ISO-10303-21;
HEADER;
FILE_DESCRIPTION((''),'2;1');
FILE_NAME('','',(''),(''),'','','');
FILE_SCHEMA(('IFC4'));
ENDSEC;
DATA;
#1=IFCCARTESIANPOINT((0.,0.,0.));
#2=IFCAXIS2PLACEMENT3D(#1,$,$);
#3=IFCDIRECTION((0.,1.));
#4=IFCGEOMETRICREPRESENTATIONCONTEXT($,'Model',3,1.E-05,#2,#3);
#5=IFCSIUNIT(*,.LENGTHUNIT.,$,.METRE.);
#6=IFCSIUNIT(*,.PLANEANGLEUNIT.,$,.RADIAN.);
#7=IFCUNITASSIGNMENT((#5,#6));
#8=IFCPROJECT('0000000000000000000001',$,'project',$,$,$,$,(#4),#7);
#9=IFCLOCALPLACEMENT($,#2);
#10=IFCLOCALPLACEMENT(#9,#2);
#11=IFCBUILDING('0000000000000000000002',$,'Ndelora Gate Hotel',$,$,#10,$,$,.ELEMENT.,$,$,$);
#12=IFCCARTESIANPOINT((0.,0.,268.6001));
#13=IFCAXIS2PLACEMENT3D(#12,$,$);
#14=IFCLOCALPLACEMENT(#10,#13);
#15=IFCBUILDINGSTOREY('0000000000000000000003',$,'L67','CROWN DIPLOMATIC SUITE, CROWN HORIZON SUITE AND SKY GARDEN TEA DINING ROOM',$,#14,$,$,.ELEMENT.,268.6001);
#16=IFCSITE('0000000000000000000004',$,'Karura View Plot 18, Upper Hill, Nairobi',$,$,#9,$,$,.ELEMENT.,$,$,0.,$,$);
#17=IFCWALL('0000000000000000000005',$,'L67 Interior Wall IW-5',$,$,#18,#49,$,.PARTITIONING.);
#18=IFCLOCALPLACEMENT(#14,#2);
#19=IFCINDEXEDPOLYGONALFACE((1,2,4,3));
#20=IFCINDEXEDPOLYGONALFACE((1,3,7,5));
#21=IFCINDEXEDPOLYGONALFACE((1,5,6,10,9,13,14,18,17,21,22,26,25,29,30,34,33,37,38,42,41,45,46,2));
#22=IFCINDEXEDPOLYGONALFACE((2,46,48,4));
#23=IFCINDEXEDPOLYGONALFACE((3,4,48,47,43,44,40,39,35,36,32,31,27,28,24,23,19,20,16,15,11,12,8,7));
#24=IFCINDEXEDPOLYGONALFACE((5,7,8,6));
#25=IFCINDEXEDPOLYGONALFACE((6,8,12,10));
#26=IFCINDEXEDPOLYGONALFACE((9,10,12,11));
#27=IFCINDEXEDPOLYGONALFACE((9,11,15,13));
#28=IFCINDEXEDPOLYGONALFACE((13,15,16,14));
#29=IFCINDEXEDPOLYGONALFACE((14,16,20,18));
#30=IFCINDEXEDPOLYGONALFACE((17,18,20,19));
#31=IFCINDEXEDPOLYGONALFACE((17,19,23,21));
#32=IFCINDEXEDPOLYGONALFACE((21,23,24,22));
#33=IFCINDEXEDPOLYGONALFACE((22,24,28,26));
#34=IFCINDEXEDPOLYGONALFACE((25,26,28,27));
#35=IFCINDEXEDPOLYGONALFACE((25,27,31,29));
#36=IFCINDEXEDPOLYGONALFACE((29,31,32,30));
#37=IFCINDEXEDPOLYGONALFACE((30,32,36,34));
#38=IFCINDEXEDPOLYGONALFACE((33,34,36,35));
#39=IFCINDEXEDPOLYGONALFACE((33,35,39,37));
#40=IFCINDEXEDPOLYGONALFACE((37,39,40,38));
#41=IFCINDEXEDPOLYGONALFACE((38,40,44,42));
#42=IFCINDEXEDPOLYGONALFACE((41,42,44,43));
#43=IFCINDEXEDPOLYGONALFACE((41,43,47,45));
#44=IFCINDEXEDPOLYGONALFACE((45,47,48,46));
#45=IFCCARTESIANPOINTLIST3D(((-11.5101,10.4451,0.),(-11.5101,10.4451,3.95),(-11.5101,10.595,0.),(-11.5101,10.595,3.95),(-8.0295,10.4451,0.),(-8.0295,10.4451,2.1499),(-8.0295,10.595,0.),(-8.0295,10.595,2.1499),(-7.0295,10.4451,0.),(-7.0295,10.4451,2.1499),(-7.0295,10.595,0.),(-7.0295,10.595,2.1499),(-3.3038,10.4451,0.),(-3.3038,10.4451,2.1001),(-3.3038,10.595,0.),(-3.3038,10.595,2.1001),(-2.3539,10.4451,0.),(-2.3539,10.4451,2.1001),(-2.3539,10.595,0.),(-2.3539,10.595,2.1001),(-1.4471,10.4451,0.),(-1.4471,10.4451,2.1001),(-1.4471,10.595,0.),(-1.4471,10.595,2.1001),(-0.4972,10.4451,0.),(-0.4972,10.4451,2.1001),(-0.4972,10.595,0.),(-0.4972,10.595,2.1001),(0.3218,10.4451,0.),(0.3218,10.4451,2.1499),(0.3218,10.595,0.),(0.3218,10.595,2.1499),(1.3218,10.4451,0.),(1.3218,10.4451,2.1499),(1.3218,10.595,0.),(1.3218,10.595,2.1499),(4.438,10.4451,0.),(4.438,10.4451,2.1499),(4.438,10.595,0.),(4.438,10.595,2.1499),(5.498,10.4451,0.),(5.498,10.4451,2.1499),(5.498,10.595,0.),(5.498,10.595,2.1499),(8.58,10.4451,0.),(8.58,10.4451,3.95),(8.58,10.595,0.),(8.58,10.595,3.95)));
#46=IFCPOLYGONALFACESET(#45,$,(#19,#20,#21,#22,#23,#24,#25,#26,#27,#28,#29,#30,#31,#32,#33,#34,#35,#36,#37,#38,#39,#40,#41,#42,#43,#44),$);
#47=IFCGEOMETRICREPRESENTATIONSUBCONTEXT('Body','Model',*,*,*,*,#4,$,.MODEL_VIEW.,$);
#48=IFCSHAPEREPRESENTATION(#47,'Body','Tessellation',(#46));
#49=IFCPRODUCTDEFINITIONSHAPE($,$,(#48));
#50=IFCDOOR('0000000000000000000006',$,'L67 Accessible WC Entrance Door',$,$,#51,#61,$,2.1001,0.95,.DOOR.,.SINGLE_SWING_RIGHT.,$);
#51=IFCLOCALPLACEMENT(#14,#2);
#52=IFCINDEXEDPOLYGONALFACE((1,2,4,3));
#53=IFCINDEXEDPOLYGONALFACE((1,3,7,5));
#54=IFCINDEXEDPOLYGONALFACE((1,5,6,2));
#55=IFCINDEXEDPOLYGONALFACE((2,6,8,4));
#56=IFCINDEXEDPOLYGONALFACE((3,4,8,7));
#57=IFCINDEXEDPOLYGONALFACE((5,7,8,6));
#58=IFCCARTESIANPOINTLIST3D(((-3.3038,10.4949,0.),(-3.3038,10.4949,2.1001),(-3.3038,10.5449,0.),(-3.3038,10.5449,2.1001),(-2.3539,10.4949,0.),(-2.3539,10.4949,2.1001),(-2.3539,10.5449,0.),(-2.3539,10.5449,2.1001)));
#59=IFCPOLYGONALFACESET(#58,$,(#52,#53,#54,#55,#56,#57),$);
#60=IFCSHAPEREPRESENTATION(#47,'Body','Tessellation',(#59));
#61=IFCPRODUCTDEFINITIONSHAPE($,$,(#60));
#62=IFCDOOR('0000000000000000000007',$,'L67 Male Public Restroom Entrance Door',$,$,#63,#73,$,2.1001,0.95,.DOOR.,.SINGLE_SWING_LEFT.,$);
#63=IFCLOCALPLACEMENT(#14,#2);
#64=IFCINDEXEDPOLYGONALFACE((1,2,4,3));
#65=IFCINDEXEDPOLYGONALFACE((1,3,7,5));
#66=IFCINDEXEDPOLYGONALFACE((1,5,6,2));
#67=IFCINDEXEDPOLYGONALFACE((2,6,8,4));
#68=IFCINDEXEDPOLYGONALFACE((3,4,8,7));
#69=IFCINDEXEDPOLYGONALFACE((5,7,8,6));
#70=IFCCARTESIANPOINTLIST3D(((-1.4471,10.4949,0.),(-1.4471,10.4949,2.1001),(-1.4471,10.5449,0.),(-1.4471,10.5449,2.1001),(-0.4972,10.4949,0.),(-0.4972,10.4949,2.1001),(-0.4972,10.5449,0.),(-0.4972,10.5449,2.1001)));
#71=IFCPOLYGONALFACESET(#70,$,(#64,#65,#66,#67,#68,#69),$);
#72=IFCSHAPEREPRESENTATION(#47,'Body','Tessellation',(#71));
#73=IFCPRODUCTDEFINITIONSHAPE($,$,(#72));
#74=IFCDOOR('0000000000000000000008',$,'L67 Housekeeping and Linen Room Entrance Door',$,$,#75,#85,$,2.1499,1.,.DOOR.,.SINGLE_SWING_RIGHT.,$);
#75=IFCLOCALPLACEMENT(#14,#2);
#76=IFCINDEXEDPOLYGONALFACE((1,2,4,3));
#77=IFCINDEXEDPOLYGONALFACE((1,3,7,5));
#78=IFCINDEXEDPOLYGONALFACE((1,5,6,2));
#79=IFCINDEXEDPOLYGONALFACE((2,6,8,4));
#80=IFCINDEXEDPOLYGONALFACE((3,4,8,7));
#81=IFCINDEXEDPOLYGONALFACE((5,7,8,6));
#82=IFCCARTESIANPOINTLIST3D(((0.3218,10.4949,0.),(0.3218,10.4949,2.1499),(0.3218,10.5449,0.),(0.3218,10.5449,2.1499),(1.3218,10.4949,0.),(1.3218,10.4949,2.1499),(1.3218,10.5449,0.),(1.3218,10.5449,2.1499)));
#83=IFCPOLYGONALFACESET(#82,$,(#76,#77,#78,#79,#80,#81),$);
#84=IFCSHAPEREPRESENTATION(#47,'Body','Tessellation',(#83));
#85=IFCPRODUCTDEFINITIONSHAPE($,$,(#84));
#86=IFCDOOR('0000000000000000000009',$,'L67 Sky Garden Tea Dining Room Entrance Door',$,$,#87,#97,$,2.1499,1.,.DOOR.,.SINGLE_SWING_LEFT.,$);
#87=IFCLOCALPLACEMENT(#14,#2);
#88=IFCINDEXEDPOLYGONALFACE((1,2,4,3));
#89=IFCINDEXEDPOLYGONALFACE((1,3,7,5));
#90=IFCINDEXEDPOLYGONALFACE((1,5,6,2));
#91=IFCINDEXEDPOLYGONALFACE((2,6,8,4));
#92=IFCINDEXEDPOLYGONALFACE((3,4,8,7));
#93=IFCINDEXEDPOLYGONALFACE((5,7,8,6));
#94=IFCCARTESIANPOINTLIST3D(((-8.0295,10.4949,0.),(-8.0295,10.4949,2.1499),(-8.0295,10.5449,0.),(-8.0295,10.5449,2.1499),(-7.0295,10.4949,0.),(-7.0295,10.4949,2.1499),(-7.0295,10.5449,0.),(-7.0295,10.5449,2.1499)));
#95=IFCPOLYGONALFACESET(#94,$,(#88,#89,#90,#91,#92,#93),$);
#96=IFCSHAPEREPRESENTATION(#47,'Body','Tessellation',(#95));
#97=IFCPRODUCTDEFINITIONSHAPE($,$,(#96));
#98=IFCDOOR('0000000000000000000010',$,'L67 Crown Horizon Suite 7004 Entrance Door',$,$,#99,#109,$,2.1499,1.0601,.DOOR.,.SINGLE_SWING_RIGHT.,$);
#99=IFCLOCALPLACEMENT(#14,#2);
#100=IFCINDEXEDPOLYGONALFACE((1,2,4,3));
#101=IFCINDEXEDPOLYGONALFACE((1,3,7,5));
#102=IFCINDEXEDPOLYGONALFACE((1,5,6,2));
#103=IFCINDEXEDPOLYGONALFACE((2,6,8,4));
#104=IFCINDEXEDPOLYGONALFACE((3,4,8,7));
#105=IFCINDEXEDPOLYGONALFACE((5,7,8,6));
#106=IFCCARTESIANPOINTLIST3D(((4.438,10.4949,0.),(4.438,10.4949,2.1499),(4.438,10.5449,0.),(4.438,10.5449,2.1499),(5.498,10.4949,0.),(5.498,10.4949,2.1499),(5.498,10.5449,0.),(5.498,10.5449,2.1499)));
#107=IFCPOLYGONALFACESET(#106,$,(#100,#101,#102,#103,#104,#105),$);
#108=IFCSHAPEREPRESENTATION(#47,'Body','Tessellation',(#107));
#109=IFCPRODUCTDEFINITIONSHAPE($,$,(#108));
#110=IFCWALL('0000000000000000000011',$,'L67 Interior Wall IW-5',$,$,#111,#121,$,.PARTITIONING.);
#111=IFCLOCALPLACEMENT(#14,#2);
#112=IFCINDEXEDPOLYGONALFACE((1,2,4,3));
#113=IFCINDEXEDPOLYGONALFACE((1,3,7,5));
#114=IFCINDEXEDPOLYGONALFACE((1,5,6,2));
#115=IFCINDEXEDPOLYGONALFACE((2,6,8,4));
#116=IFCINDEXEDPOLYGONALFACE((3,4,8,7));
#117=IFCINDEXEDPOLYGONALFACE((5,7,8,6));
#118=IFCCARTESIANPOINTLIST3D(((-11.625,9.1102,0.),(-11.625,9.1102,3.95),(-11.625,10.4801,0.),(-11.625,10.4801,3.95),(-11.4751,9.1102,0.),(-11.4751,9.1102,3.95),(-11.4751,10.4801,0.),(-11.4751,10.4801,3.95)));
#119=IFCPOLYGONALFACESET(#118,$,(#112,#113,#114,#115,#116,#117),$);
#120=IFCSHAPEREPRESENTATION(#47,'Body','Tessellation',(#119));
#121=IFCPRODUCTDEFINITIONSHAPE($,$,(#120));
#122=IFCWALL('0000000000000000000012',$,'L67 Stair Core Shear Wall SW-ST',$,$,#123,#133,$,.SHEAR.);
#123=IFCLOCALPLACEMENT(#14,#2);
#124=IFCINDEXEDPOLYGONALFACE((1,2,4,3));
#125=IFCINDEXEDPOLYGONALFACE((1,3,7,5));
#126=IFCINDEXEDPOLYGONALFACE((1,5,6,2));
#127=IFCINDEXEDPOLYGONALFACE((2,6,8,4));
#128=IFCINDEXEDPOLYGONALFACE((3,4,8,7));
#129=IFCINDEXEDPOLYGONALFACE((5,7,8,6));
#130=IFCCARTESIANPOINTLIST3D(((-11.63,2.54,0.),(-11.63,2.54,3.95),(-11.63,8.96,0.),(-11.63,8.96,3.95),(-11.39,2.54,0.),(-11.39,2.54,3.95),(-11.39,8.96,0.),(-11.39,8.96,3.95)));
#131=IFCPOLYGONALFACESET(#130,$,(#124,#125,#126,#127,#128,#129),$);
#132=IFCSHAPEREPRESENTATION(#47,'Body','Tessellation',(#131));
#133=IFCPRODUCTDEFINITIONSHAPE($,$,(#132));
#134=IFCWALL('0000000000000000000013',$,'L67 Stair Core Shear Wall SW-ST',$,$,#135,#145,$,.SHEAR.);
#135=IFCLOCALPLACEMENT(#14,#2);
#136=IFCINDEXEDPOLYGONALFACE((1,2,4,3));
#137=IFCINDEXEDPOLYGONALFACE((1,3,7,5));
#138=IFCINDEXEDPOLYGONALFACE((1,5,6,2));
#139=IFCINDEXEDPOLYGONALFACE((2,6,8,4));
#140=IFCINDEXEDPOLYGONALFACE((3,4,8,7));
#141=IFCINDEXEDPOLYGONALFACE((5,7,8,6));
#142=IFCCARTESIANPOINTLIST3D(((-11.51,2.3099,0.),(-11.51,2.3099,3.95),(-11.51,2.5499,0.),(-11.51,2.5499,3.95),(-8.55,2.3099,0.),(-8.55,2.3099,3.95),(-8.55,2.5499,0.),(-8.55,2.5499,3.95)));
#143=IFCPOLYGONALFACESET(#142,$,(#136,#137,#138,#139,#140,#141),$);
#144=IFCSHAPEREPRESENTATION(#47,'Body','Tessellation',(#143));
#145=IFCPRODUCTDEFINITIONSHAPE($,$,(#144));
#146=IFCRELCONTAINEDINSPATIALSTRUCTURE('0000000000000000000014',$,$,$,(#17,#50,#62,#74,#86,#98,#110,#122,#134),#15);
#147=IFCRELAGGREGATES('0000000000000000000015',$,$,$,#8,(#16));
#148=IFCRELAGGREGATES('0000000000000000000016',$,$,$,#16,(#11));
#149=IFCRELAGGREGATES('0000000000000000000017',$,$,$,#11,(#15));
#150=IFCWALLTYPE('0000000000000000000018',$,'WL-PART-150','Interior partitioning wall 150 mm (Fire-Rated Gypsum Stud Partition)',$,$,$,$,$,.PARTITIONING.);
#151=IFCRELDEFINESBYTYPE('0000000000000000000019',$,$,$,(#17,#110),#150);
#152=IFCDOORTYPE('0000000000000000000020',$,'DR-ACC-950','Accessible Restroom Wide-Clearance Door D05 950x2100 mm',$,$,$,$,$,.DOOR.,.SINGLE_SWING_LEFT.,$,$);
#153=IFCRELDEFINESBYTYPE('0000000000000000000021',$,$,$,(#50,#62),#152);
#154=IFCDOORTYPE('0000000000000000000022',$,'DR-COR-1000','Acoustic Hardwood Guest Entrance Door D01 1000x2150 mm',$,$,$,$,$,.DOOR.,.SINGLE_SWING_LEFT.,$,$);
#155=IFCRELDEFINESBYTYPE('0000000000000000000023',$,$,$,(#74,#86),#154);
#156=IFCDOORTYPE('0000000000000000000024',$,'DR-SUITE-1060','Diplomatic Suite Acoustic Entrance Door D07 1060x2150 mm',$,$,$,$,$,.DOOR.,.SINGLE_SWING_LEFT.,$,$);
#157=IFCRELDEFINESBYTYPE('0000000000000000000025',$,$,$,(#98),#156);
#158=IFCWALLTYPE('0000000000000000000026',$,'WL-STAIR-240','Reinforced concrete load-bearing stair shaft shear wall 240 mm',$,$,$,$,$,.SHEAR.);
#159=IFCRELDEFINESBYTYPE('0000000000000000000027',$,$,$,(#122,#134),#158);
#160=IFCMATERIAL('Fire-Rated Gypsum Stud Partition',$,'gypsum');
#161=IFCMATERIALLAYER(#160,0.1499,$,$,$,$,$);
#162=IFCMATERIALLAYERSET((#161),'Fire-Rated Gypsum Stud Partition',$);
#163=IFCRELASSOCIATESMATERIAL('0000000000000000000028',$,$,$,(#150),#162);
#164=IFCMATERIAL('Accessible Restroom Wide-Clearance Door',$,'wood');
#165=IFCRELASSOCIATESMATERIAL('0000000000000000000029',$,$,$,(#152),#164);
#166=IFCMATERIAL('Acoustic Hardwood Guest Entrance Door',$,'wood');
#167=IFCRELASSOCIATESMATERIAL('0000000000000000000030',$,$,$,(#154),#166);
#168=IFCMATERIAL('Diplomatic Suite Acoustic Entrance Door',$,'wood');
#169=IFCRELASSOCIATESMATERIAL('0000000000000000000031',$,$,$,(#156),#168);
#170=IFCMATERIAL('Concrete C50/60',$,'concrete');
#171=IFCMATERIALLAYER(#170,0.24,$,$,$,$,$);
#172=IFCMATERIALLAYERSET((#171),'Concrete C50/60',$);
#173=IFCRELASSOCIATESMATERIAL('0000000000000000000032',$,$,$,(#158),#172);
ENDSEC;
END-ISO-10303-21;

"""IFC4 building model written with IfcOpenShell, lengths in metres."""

from ifc_helpers import new_model, si_unit, direction, frame, frame_2d, origin, place, context, subcontext, project, spatial, rectangle, extrude, material, layer, layer_set, type_object, element, fill, save


model = new_model("IFC4")

# Units and contexts
model_context = context("Model", 3, precision=1e-05, world=origin(), true_north=direction((0.0, 1.0)))
body_context = subcontext(model_context, "Body", "Model", "MODEL_VIEW")
ifc_project = project(units=[si_unit("LENGTHUNIT", "METRE"), si_unit("PLANEANGLEUNIT", "RADIAN")], contexts=[model_context])

# Site, building, storey
site_placement = place(None, origin())
site = spatial("IfcSite", under=ifc_project, at=site_placement, Name="Karura View Plot 18, Upper Hill, Nairobi", CompositionType="ELEMENT", RefElevation=0.0)
building_placement = place(site_placement, origin())
building = spatial("IfcBuilding", under=site, at=building_placement, Name="Ndelora Gate Hotel", CompositionType="ELEMENT")
storey_placement = place(building_placement, frame((0.0, 0.0, 268.6001)))
storey = spatial("IfcBuildingStorey", under=building, at=storey_placement, Name="L67", Description="CROWN DIPLOMATIC SUITE, CROWN HORIZON SUITE AND SKY GARDEN TEA DINING ROOM", CompositionType="ELEMENT", Elevation=268.6001)

# Wall, openings, doors
ifc_material_1 = material(Name="Fire-Rated Gypsum Stud Partition", Category="gypsum")
ifc_layer_1 = layer(ifc_material_1, 0.1499)
ifc_layer_set_1 = layer_set([ifc_layer_1], Name="Fire-Rated Gypsum Stud Partition")
wall_type_1 = type_object("IfcWallType", Name="WL-PART-150", Description="Interior partitioning wall 150 mm (Fire-Rated Gypsum Stud Partition)", PredefinedType="PARTITIONING", material=ifc_layer_set_1)
wall_1_placement = place(storey_placement, frame((-11.51, 10.52, 0.0), z_axis=(0.0, 0.0, 1.0), x_axis=(1.0, 0.0, 0.0)))
wall_1 = element("IfcWall", 1, at=wall_1_placement, inside=storey, type_object=wall_type_1, Name="L67 Interior Wall IW-5", PredefinedType="PARTITIONING", context=body_context, shape_type="SweptSolid", body=[
    extrude(rectangle(XDim=20.0901, YDim=0.1499, at=frame_2d((10.0449, 0.0))), origin(), (0.0, 0.0, 1.0), 3.95),
])
opening_1_placement = place(wall_1_placement, frame((8.2061, 0.0, 0.0)))
opening_1 = element("IfcOpeningElement", 2, at=opening_1_placement, cuts=wall_1, PredefinedType="OPENING", context=body_context, shape_type="SweptSolid", body=[
    extrude(rectangle(XDim=0.95, YDim=2.1001, at=frame_2d((0.4751, 1.05))), frame((0.0, 0.085, 0.0), z_axis=(0.0, -1.0, 0.0), x_axis=(1.0, 0.0, 0.0)), (0.0, 0.0, 1.0), 0.1699),
])
opening_2_placement = place(wall_1_placement, frame((10.0627, 0.0, 0.0)))
opening_2 = element("IfcOpeningElement", 3, at=opening_2_placement, cuts=wall_1, PredefinedType="OPENING", context=body_context, shape_type="SweptSolid", body=[
    extrude(rectangle(XDim=0.95, YDim=2.1001, at=frame_2d((0.4751, 1.05))), frame((0.0, 0.085, 0.0), z_axis=(0.0, -1.0, 0.0), x_axis=(1.0, 0.0, 0.0)), (0.0, 0.0, 1.0), 0.1699),
])
opening_3_placement = place(wall_1_placement, frame((11.8318, 0.0, 0.0)))
opening_3 = element("IfcOpeningElement", 4, at=opening_3_placement, cuts=wall_1, PredefinedType="OPENING", context=body_context, shape_type="SweptSolid", body=[
    extrude(rectangle(XDim=1.0, YDim=2.1499, at=frame_2d((0.5, 1.075))), frame((0.0, 0.085, 0.0), z_axis=(0.0, -1.0, 0.0), x_axis=(1.0, 0.0, 0.0)), (0.0, 0.0, 1.0), 0.1699),
])
opening_4_placement = place(wall_1_placement, frame((3.4805, 0.0, 0.0)))
opening_4 = element("IfcOpeningElement", 5, at=opening_4_placement, cuts=wall_1, PredefinedType="OPENING", context=body_context, shape_type="SweptSolid", body=[
    extrude(rectangle(XDim=1.0, YDim=2.1499, at=frame_2d((0.5, 1.075))), frame((0.0, 0.085, 0.0), z_axis=(0.0, -1.0, 0.0), x_axis=(1.0, 0.0, 0.0)), (0.0, 0.0, 1.0), 0.1699),
])
opening_5_placement = place(wall_1_placement, frame((15.948, 0.0, 0.0)))
opening_5 = element("IfcOpeningElement", 6, at=opening_5_placement, cuts=wall_1, PredefinedType="OPENING", context=body_context, shape_type="SweptSolid", body=[
    extrude(rectangle(XDim=1.0601, YDim=2.1499, at=frame_2d((0.53, 1.075))), frame((0.0, 0.085, 0.0), z_axis=(0.0, -1.0, 0.0), x_axis=(1.0, 0.0, 0.0)), (0.0, 0.0, 1.0), 0.1699),
])
ifc_material_2 = material(Name="Accessible Restroom Wide-Clearance Door", Category="wood")
door_type_1 = type_object("IfcDoorType", Name="DR-ACC-950", Description="Accessible Restroom Wide-Clearance Door D05 950x2100 mm", OperationType="SINGLE_SWING_LEFT", PredefinedType="DOOR", material=ifc_material_2)
door_1_placement = place(opening_1_placement, origin())
door_1 = element("IfcDoor", 7, at=door_1_placement, inside=storey, type_object=door_type_1, Name="L67 Accessible WC Entrance Door", OperationType="SINGLE_SWING_RIGHT", OverallHeight=2.1001, OverallWidth=0.95, PredefinedType="DOOR", context=body_context, shape_type="SweptSolid", body=[
    extrude(rectangle(XDim=0.95, YDim=2.1001, at=frame_2d((0.4751, 1.05))), frame((0.0, 0.0249, 0.0), z_axis=(0.0, -1.0, 0.0), x_axis=(1.0, 0.0, 0.0)), (0.0, 0.0, 1.0), 0.05),
])
fill(opening_1, door_1)
door_2_placement = place(opening_2_placement, origin())
door_2 = element("IfcDoor", 8, at=door_2_placement, inside=storey, type_object=door_type_1, Name="L67 Male Public Restroom Entrance Door", OperationType="SINGLE_SWING_LEFT", OverallHeight=2.1001, OverallWidth=0.95, PredefinedType="DOOR", context=body_context, shape_type="SweptSolid", body=[
    extrude(rectangle(XDim=0.95, YDim=2.1001, at=frame_2d((0.4751, 1.05))), frame((0.0, 0.0249, 0.0), z_axis=(0.0, -1.0, 0.0), x_axis=(1.0, 0.0, 0.0)), (0.0, 0.0, 1.0), 0.05),
])
fill(opening_2, door_2)
ifc_material_3 = material(Name="Acoustic Hardwood Guest Entrance Door", Category="wood")
door_type_2 = type_object("IfcDoorType", Name="DR-COR-1000", Description="Acoustic Hardwood Guest Entrance Door D01 1000x2150 mm", OperationType="SINGLE_SWING_LEFT", PredefinedType="DOOR", material=ifc_material_3)
door_3_placement = place(opening_3_placement, origin())
door_3 = element("IfcDoor", 9, at=door_3_placement, inside=storey, type_object=door_type_2, Name="L67 Housekeeping and Linen Room Entrance Door", OperationType="SINGLE_SWING_RIGHT", OverallHeight=2.1499, OverallWidth=1.0, PredefinedType="DOOR", context=body_context, shape_type="SweptSolid", body=[
    extrude(rectangle(XDim=1.0, YDim=2.1499, at=frame_2d((0.5, 1.075))), frame((0.0, 0.0249, 0.0), z_axis=(0.0, -1.0, 0.0), x_axis=(1.0, 0.0, 0.0)), (0.0, 0.0, 1.0), 0.05),
])
fill(opening_3, door_3)
door_4_placement = place(opening_4_placement, origin())
door_4 = element("IfcDoor", 10, at=door_4_placement, inside=storey, type_object=door_type_2, Name="L67 Sky Garden Tea Dining Room Entrance Door", OperationType="SINGLE_SWING_LEFT", OverallHeight=2.1499, OverallWidth=1.0, PredefinedType="DOOR", context=body_context, shape_type="SweptSolid", body=[
    extrude(rectangle(XDim=1.0, YDim=2.1499, at=frame_2d((0.5, 1.075))), frame((0.0, 0.0249, 0.0), z_axis=(0.0, -1.0, 0.0), x_axis=(1.0, 0.0, 0.0)), (0.0, 0.0, 1.0), 0.05),
])
fill(opening_4, door_4)
ifc_material_4 = material(Name="Diplomatic Suite Acoustic Entrance Door", Category="wood")
door_type_3 = type_object("IfcDoorType", Name="DR-SUITE-1060", Description="Diplomatic Suite Acoustic Entrance Door D07 1060x2150 mm", OperationType="SINGLE_SWING_LEFT", PredefinedType="DOOR", material=ifc_material_4)
door_5_placement = place(opening_5_placement, origin())
door_5 = element("IfcDoor", 11, at=door_5_placement, inside=storey, type_object=door_type_3, Name="L67 Crown Horizon Suite 7004 Entrance Door", OperationType="SINGLE_SWING_RIGHT", OverallHeight=2.1499, OverallWidth=1.0601, PredefinedType="DOOR", context=body_context, shape_type="SweptSolid", body=[
    extrude(rectangle(XDim=1.0601, YDim=2.1499, at=frame_2d((0.53, 1.075))), frame((0.0, 0.0249, 0.0), z_axis=(0.0, -1.0, 0.0), x_axis=(1.0, 0.0, 0.0)), (0.0, 0.0, 1.0), 0.05),
])
fill(opening_5, door_5)

# Walls
wall_2_placement = place(storey_placement, frame((-11.55, 9.1101, 0.0), z_axis=(0.0, 0.0, 1.0), x_axis=(0.0, 1.0, 0.0)))
element("IfcWall", 12, at=wall_2_placement, inside=storey, type_object=wall_type_1, Name="L67 Interior Wall IW-5", PredefinedType="PARTITIONING", context=body_context, shape_type="SweptSolid", body=[
    extrude(rectangle(XDim=1.3699, YDim=0.1499, at=frame_2d((0.6851, 0.0))), origin(), (0.0, 0.0, 1.0), 3.95),
])
ifc_material_5 = material(Name="Concrete C50/60", Category="concrete")
ifc_layer_2 = layer(ifc_material_5, 0.24)
ifc_layer_set_2 = layer_set([ifc_layer_2], Name="Concrete C50/60")
wall_type_2 = type_object("IfcWallType", Name="WL-STAIR-240", Description="Reinforced concrete load-bearing stair shaft shear wall 240 mm", PredefinedType="SHEAR", material=ifc_layer_set_2)
wall_3_placement = place(storey_placement, frame((-11.51, 2.54, 0.0), z_axis=(0.0, 0.0, 1.0), x_axis=(0.0, 1.0, 0.0)))
element("IfcWall", 13, at=wall_3_placement, inside=storey, type_object=wall_type_2, Name="L67 Stair Core Shear Wall SW-ST", PredefinedType="SHEAR", context=body_context, shape_type="SweptSolid", body=[
    extrude(rectangle(XDim=6.4199, YDim=0.24, at=frame_2d((3.21, 0.0))), origin(), (0.0, 0.0, 1.0), 3.95),
])
wall_4_placement = place(storey_placement, frame((-11.51, 2.4299, 0.0), z_axis=(0.0, 0.0, 1.0), x_axis=(1.0, 0.0, 0.0)))
element("IfcWall", 14, at=wall_4_placement, inside=storey, type_object=wall_type_2, Name="L67 Stair Core Shear Wall SW-ST", PredefinedType="SHEAR", context=body_context, shape_type="SweptSolid", body=[
    extrude(rectangle(XDim=2.96, YDim=0.24, at=frame_2d((1.48, 0.0))), origin(), (0.0, 0.0, 1.0), 3.95),
])

save(model, "model.ifc")
